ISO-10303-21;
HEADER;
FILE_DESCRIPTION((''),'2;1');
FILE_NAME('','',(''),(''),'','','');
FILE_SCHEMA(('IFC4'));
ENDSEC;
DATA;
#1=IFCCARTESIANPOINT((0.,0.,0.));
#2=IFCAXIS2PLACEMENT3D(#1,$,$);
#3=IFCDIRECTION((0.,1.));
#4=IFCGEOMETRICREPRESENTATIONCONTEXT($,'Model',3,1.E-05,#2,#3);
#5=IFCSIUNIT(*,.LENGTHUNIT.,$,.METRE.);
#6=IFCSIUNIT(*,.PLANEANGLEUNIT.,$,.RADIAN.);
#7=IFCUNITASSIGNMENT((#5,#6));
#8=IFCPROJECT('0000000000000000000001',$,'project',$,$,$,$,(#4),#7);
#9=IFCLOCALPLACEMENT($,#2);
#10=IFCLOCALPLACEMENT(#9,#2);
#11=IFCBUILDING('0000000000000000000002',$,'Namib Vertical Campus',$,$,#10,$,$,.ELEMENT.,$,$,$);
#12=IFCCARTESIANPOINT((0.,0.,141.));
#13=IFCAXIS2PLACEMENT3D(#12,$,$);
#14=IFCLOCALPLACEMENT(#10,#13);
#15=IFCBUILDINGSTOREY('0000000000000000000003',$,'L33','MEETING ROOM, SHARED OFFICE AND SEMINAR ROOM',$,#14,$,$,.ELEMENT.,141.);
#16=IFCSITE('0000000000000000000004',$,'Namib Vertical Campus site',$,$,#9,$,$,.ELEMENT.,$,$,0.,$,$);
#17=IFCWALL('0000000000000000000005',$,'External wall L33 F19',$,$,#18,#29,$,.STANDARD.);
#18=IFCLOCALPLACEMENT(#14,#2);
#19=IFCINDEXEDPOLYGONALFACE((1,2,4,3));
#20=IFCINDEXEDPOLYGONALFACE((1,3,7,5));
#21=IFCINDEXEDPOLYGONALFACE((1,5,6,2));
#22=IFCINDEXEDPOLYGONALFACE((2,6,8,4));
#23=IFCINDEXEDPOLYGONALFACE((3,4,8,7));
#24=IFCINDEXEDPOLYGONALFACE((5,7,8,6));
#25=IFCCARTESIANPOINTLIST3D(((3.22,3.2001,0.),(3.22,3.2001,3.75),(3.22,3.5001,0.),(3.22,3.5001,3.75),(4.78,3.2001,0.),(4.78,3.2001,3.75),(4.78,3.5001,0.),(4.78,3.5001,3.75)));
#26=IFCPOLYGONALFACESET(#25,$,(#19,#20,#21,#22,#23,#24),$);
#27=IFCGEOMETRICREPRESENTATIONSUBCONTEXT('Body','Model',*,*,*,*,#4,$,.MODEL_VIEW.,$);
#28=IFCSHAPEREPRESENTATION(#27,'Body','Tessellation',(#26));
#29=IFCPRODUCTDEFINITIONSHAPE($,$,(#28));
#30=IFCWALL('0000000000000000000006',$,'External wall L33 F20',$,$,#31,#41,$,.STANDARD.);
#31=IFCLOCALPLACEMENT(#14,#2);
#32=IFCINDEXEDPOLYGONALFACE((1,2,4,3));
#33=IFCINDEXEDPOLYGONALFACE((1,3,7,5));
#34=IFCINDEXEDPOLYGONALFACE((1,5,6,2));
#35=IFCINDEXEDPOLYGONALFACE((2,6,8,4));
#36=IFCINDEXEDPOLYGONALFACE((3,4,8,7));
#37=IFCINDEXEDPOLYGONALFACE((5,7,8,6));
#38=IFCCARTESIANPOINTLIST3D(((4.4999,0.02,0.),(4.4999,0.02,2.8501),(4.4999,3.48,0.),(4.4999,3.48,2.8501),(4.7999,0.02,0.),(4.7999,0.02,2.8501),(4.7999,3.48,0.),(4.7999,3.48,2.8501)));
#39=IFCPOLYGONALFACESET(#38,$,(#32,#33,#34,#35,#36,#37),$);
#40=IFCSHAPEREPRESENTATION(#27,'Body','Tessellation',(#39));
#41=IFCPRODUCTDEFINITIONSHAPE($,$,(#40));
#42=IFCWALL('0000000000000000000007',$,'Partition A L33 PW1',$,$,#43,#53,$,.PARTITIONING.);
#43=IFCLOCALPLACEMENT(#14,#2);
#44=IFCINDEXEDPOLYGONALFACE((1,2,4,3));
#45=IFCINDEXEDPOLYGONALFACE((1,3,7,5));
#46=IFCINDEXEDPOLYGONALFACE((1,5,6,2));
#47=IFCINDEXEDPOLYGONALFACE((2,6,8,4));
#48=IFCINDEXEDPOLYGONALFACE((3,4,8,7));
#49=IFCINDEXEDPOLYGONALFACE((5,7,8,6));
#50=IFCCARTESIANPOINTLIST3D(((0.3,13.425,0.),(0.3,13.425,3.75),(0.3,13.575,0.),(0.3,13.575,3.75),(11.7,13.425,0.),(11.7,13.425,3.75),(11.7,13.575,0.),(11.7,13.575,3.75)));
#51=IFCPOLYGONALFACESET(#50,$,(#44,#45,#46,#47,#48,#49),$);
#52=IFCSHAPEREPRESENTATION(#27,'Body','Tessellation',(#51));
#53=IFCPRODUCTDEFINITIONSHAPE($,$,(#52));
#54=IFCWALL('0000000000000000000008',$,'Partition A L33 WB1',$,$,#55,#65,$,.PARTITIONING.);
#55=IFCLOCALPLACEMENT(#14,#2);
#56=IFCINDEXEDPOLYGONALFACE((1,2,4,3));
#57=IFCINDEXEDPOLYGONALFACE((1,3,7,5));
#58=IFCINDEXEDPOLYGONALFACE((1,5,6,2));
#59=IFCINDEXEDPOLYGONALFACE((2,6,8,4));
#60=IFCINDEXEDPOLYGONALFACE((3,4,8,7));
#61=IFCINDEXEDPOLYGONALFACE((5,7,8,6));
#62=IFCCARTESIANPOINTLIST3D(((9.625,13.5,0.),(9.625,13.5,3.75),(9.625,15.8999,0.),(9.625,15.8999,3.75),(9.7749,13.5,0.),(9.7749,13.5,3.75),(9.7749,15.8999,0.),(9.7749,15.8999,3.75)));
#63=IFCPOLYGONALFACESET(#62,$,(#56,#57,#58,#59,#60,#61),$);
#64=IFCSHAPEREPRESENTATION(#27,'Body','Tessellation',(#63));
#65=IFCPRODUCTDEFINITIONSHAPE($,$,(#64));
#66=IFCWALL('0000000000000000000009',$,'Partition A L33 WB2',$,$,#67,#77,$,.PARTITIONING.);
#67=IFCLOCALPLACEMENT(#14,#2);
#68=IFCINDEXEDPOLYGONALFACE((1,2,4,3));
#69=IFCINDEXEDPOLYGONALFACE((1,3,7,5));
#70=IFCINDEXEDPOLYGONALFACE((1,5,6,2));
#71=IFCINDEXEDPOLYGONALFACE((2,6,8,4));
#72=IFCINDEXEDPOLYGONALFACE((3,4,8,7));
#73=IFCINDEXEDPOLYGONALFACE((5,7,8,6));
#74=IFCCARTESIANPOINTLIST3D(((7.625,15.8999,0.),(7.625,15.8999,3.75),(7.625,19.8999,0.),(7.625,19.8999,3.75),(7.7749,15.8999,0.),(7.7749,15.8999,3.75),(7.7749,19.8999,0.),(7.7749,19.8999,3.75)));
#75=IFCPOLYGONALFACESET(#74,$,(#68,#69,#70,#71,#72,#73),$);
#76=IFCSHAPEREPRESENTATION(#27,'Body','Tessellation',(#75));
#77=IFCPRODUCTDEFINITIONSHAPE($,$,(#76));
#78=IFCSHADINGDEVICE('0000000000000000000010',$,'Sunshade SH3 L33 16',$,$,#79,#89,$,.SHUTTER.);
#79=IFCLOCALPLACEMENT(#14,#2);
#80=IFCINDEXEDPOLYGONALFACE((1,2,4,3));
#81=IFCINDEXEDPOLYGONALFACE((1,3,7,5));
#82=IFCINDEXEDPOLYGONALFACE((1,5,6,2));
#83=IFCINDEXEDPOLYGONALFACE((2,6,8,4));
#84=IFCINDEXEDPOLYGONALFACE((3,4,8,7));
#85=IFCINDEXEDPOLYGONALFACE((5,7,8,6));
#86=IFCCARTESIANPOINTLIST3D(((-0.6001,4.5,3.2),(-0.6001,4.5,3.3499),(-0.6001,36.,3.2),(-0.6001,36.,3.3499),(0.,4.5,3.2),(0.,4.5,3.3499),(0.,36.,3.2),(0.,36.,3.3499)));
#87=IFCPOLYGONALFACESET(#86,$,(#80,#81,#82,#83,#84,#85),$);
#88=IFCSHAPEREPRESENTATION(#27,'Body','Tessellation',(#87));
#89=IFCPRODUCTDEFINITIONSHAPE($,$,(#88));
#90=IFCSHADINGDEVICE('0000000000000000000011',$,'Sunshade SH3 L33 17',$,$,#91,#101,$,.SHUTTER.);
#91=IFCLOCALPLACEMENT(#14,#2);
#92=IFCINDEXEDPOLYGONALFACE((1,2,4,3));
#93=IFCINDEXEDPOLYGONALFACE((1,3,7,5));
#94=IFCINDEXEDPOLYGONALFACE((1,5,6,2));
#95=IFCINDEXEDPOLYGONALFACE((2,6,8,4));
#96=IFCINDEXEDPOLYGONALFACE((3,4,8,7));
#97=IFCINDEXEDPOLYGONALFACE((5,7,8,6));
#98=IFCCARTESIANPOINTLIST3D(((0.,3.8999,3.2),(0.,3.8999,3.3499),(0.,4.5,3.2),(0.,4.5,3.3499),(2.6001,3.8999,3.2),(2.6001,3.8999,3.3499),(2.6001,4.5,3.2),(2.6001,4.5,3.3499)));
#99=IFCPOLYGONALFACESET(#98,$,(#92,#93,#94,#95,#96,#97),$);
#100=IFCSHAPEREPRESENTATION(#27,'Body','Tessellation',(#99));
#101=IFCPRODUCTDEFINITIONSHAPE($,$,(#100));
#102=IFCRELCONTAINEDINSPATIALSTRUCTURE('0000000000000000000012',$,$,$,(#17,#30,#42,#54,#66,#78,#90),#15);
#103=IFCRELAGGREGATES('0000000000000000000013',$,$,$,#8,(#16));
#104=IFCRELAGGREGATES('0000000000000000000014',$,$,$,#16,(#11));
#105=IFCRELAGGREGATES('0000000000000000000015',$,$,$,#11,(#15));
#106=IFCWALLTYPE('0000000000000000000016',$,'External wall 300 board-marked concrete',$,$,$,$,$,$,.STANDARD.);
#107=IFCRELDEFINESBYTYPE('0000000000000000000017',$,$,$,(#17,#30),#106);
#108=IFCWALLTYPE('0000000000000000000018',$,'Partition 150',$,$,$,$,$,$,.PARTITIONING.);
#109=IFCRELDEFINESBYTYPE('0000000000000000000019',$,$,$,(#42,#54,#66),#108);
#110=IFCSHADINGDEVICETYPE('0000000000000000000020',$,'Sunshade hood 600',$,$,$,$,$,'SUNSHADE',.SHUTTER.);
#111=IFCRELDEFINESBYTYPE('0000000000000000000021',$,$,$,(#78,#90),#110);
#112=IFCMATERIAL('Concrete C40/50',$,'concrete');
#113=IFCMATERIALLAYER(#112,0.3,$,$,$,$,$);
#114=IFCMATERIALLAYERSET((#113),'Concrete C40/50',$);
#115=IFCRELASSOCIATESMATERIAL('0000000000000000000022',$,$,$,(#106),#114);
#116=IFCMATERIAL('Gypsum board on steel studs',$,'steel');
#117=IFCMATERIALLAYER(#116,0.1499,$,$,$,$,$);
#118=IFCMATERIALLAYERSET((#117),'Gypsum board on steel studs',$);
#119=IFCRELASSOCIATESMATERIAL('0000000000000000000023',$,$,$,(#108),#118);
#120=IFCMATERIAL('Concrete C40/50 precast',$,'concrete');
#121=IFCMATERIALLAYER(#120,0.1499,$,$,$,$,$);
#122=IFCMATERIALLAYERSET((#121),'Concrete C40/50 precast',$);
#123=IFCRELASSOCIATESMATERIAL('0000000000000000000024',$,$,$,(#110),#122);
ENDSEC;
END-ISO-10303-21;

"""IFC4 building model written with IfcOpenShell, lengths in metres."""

from ifc_helpers import new_model, si_unit, direction, frame, frame_2d, origin, origin_2d, place, context, subcontext, project, spatial, rectangle, extrude, material, layer, layer_set, type_object, element, save


model = new_model("IFC4")

# Units and contexts
model_context = context("Model", 3, precision=1e-05, world=origin(), true_north=direction((0.0, 1.0)))
body_context = subcontext(model_context, "Body", "Model", "MODEL_VIEW")
ifc_project = project(units=[si_unit("LENGTHUNIT", "METRE"), si_unit("PLANEANGLEUNIT", "RADIAN")], contexts=[model_context])

# Site, building, storey
site_placement = place(None, origin())
site = spatial("IfcSite", under=ifc_project, at=site_placement, Name="Namib Vertical Campus site", CompositionType="ELEMENT", RefElevation=0.0)
building_placement = place(site_placement, origin())
building = spatial("IfcBuilding", under=site, at=building_placement, Name="Namib Vertical Campus", CompositionType="ELEMENT")
storey_placement = place(building_placement, frame((0.0, 0.0, 141.0)))
storey = spatial("IfcBuildingStorey", under=building, at=storey_placement, Name="L33", Description="MEETING ROOM, SHARED OFFICE AND SEMINAR ROOM", CompositionType="ELEMENT", Elevation=141.0)

# Walls
ifc_material_1 = material(Name="Concrete C40/50", Category="concrete")
ifc_layer_1 = layer(ifc_material_1, 0.3)
ifc_layer_set_1 = layer_set([ifc_layer_1], Name="Concrete C40/50")
wall_type_1 = type_object("IfcWallType", Name="External wall 300 board-marked concrete", PredefinedType="STANDARD", material=ifc_layer_set_1)
for number, where, z_axis, x_axis, name in (
    (1, (3.22, 3.3501, 0.0), (0.0, 0.0, 1.0), (1.0, 0.0, 0.0), "External wall L33 F19"),
):
    element("IfcWall", number, at=place(storey_placement, frame(where, z_axis=z_axis, x_axis=x_axis)), inside=storey, type_object=wall_type_1, Name=name, PredefinedType="STANDARD", context=body_context, shape_type="SweptSolid", body=[
        extrude(rectangle(XDim=1.5601, YDim=0.3, at=frame_2d((0.78, 0.0))), origin(), (0.0, 0.0, 1.0), 3.75),
    ])
wall_1_placement = place(storey_placement, frame((4.6499, 3.48, 0.0), z_axis=(0.0, 0.0, 1.0), x_axis=(0.0, -1.0, 0.0)))
element("IfcWall", 2, at=wall_1_placement, inside=storey, type_object=wall_type_1, Name="External wall L33 F20", PredefinedType="STANDARD", context=body_context, shape_type="SweptSolid", body=[
    extrude(rectangle(XDim=3.46, YDim=0.3, at=frame_2d((1.73, 0.0))), origin(), (0.0, 0.0, 1.0), 2.8501),
])
ifc_material_2 = material(Name="Gypsum board on steel studs", Category="steel")
ifc_layer_2 = layer(ifc_material_2, 0.1499)
ifc_layer_set_2 = layer_set([ifc_layer_2], Name="Gypsum board on steel studs")
wall_type_2 = type_object("IfcWallType", Name="Partition 150", PredefinedType="PARTITIONING", material=ifc_layer_set_2)
wall_2_placement = place(storey_placement, frame((0.3, 13.5, 0.0), z_axis=(0.0, 0.0, 1.0), x_axis=(1.0, 0.0, 0.0)))
element("IfcWall", 3, at=wall_2_placement, inside=storey, type_object=wall_type_2, Name="Partition A L33 PW1", PredefinedType="PARTITIONING", context=body_context, shape_type="SweptSolid", body=[
    extrude(rectangle(XDim=11.3999, YDim=0.1499, at=frame_2d((5.7, 0.0))), origin(), (0.0, 0.0, 1.0), 3.75),
])
wall_3_placement = place(storey_placement, frame((9.7, 13.5, 0.0), z_axis=(0.0, 0.0, 1.0), x_axis=(0.0, 1.0, 0.0)))
element("IfcWall", 4, at=wall_3_placement, inside=storey, type_object=wall_type_2, Name="Partition A L33 WB1", PredefinedType="PARTITIONING", context=body_context, shape_type="SweptSolid", body=[
    extrude(rectangle(XDim=2.3999, YDim=0.1499, at=frame_2d((1.2, 0.0))), origin(), (0.0, 0.0, 1.0), 3.75),
])
wall_4_placement = place(storey_placement, frame((7.7, 15.8999, 0.0), z_axis=(0.0, 0.0, 1.0), x_axis=(0.0, 1.0, 0.0)))
element("IfcWall", 5, at=wall_4_placement, inside=storey, type_object=wall_type_2, Name="Partition A L33 WB2", PredefinedType="PARTITIONING", context=body_context, shape_type="SweptSolid", body=[
    extrude(rectangle(XDim=4.0, YDim=0.1499, at=frame_2d((2.0, 0.0))), origin(), (0.0, 0.0, 1.0), 3.75),
])

# Shading devices
ifc_material_3 = material(Name="Concrete C40/50 precast", Category="concrete")
ifc_layer_3 = layer(ifc_material_3, 0.1499)
ifc_layer_set_3 = layer_set([ifc_layer_3], Name="Concrete C40/50 precast")
shading_device_type = type_object("IfcShadingDeviceType", Name="Sunshade hood 600", ElementType="SUNSHADE", PredefinedType="SHUTTER", material=ifc_layer_set_3)
shading_device_1_placement = place(storey_placement, frame((-0.3, 20.25, 3.2), z_axis=(0.0, 0.0, 1.0), x_axis=(0.0, -1.0, 0.0)))
element("IfcShadingDevice", 6, at=shading_device_1_placement, inside=storey, type_object=shading_device_type, Name="Sunshade SH3 L33 16", PredefinedType="SHUTTER", context=body_context, shape_type="SweptSolid", body=[
    extrude(rectangle(XDim=31.5, YDim=0.6001, at=origin_2d()), origin(), (0.0, 0.0, 1.0), 0.1499),
])
shading_device_2_placement = place(storey_placement, frame((1.3, 4.2, 3.2), z_axis=(0.0, 0.0, 1.0), x_axis=(1.0, 0.0, 0.0)))
element("IfcShadingDevice", 7, at=shading_device_2_placement, inside=storey, type_object=shading_device_type, Name="Sunshade SH3 L33 17", PredefinedType="SHUTTER", context=body_context, shape_type="SweptSolid", body=[
    extrude(rectangle(XDim=2.6001, YDim=0.6001, at=origin_2d()), origin(), (0.0, 0.0, 1.0), 0.1499),
])

save(model, "model.ifc")
